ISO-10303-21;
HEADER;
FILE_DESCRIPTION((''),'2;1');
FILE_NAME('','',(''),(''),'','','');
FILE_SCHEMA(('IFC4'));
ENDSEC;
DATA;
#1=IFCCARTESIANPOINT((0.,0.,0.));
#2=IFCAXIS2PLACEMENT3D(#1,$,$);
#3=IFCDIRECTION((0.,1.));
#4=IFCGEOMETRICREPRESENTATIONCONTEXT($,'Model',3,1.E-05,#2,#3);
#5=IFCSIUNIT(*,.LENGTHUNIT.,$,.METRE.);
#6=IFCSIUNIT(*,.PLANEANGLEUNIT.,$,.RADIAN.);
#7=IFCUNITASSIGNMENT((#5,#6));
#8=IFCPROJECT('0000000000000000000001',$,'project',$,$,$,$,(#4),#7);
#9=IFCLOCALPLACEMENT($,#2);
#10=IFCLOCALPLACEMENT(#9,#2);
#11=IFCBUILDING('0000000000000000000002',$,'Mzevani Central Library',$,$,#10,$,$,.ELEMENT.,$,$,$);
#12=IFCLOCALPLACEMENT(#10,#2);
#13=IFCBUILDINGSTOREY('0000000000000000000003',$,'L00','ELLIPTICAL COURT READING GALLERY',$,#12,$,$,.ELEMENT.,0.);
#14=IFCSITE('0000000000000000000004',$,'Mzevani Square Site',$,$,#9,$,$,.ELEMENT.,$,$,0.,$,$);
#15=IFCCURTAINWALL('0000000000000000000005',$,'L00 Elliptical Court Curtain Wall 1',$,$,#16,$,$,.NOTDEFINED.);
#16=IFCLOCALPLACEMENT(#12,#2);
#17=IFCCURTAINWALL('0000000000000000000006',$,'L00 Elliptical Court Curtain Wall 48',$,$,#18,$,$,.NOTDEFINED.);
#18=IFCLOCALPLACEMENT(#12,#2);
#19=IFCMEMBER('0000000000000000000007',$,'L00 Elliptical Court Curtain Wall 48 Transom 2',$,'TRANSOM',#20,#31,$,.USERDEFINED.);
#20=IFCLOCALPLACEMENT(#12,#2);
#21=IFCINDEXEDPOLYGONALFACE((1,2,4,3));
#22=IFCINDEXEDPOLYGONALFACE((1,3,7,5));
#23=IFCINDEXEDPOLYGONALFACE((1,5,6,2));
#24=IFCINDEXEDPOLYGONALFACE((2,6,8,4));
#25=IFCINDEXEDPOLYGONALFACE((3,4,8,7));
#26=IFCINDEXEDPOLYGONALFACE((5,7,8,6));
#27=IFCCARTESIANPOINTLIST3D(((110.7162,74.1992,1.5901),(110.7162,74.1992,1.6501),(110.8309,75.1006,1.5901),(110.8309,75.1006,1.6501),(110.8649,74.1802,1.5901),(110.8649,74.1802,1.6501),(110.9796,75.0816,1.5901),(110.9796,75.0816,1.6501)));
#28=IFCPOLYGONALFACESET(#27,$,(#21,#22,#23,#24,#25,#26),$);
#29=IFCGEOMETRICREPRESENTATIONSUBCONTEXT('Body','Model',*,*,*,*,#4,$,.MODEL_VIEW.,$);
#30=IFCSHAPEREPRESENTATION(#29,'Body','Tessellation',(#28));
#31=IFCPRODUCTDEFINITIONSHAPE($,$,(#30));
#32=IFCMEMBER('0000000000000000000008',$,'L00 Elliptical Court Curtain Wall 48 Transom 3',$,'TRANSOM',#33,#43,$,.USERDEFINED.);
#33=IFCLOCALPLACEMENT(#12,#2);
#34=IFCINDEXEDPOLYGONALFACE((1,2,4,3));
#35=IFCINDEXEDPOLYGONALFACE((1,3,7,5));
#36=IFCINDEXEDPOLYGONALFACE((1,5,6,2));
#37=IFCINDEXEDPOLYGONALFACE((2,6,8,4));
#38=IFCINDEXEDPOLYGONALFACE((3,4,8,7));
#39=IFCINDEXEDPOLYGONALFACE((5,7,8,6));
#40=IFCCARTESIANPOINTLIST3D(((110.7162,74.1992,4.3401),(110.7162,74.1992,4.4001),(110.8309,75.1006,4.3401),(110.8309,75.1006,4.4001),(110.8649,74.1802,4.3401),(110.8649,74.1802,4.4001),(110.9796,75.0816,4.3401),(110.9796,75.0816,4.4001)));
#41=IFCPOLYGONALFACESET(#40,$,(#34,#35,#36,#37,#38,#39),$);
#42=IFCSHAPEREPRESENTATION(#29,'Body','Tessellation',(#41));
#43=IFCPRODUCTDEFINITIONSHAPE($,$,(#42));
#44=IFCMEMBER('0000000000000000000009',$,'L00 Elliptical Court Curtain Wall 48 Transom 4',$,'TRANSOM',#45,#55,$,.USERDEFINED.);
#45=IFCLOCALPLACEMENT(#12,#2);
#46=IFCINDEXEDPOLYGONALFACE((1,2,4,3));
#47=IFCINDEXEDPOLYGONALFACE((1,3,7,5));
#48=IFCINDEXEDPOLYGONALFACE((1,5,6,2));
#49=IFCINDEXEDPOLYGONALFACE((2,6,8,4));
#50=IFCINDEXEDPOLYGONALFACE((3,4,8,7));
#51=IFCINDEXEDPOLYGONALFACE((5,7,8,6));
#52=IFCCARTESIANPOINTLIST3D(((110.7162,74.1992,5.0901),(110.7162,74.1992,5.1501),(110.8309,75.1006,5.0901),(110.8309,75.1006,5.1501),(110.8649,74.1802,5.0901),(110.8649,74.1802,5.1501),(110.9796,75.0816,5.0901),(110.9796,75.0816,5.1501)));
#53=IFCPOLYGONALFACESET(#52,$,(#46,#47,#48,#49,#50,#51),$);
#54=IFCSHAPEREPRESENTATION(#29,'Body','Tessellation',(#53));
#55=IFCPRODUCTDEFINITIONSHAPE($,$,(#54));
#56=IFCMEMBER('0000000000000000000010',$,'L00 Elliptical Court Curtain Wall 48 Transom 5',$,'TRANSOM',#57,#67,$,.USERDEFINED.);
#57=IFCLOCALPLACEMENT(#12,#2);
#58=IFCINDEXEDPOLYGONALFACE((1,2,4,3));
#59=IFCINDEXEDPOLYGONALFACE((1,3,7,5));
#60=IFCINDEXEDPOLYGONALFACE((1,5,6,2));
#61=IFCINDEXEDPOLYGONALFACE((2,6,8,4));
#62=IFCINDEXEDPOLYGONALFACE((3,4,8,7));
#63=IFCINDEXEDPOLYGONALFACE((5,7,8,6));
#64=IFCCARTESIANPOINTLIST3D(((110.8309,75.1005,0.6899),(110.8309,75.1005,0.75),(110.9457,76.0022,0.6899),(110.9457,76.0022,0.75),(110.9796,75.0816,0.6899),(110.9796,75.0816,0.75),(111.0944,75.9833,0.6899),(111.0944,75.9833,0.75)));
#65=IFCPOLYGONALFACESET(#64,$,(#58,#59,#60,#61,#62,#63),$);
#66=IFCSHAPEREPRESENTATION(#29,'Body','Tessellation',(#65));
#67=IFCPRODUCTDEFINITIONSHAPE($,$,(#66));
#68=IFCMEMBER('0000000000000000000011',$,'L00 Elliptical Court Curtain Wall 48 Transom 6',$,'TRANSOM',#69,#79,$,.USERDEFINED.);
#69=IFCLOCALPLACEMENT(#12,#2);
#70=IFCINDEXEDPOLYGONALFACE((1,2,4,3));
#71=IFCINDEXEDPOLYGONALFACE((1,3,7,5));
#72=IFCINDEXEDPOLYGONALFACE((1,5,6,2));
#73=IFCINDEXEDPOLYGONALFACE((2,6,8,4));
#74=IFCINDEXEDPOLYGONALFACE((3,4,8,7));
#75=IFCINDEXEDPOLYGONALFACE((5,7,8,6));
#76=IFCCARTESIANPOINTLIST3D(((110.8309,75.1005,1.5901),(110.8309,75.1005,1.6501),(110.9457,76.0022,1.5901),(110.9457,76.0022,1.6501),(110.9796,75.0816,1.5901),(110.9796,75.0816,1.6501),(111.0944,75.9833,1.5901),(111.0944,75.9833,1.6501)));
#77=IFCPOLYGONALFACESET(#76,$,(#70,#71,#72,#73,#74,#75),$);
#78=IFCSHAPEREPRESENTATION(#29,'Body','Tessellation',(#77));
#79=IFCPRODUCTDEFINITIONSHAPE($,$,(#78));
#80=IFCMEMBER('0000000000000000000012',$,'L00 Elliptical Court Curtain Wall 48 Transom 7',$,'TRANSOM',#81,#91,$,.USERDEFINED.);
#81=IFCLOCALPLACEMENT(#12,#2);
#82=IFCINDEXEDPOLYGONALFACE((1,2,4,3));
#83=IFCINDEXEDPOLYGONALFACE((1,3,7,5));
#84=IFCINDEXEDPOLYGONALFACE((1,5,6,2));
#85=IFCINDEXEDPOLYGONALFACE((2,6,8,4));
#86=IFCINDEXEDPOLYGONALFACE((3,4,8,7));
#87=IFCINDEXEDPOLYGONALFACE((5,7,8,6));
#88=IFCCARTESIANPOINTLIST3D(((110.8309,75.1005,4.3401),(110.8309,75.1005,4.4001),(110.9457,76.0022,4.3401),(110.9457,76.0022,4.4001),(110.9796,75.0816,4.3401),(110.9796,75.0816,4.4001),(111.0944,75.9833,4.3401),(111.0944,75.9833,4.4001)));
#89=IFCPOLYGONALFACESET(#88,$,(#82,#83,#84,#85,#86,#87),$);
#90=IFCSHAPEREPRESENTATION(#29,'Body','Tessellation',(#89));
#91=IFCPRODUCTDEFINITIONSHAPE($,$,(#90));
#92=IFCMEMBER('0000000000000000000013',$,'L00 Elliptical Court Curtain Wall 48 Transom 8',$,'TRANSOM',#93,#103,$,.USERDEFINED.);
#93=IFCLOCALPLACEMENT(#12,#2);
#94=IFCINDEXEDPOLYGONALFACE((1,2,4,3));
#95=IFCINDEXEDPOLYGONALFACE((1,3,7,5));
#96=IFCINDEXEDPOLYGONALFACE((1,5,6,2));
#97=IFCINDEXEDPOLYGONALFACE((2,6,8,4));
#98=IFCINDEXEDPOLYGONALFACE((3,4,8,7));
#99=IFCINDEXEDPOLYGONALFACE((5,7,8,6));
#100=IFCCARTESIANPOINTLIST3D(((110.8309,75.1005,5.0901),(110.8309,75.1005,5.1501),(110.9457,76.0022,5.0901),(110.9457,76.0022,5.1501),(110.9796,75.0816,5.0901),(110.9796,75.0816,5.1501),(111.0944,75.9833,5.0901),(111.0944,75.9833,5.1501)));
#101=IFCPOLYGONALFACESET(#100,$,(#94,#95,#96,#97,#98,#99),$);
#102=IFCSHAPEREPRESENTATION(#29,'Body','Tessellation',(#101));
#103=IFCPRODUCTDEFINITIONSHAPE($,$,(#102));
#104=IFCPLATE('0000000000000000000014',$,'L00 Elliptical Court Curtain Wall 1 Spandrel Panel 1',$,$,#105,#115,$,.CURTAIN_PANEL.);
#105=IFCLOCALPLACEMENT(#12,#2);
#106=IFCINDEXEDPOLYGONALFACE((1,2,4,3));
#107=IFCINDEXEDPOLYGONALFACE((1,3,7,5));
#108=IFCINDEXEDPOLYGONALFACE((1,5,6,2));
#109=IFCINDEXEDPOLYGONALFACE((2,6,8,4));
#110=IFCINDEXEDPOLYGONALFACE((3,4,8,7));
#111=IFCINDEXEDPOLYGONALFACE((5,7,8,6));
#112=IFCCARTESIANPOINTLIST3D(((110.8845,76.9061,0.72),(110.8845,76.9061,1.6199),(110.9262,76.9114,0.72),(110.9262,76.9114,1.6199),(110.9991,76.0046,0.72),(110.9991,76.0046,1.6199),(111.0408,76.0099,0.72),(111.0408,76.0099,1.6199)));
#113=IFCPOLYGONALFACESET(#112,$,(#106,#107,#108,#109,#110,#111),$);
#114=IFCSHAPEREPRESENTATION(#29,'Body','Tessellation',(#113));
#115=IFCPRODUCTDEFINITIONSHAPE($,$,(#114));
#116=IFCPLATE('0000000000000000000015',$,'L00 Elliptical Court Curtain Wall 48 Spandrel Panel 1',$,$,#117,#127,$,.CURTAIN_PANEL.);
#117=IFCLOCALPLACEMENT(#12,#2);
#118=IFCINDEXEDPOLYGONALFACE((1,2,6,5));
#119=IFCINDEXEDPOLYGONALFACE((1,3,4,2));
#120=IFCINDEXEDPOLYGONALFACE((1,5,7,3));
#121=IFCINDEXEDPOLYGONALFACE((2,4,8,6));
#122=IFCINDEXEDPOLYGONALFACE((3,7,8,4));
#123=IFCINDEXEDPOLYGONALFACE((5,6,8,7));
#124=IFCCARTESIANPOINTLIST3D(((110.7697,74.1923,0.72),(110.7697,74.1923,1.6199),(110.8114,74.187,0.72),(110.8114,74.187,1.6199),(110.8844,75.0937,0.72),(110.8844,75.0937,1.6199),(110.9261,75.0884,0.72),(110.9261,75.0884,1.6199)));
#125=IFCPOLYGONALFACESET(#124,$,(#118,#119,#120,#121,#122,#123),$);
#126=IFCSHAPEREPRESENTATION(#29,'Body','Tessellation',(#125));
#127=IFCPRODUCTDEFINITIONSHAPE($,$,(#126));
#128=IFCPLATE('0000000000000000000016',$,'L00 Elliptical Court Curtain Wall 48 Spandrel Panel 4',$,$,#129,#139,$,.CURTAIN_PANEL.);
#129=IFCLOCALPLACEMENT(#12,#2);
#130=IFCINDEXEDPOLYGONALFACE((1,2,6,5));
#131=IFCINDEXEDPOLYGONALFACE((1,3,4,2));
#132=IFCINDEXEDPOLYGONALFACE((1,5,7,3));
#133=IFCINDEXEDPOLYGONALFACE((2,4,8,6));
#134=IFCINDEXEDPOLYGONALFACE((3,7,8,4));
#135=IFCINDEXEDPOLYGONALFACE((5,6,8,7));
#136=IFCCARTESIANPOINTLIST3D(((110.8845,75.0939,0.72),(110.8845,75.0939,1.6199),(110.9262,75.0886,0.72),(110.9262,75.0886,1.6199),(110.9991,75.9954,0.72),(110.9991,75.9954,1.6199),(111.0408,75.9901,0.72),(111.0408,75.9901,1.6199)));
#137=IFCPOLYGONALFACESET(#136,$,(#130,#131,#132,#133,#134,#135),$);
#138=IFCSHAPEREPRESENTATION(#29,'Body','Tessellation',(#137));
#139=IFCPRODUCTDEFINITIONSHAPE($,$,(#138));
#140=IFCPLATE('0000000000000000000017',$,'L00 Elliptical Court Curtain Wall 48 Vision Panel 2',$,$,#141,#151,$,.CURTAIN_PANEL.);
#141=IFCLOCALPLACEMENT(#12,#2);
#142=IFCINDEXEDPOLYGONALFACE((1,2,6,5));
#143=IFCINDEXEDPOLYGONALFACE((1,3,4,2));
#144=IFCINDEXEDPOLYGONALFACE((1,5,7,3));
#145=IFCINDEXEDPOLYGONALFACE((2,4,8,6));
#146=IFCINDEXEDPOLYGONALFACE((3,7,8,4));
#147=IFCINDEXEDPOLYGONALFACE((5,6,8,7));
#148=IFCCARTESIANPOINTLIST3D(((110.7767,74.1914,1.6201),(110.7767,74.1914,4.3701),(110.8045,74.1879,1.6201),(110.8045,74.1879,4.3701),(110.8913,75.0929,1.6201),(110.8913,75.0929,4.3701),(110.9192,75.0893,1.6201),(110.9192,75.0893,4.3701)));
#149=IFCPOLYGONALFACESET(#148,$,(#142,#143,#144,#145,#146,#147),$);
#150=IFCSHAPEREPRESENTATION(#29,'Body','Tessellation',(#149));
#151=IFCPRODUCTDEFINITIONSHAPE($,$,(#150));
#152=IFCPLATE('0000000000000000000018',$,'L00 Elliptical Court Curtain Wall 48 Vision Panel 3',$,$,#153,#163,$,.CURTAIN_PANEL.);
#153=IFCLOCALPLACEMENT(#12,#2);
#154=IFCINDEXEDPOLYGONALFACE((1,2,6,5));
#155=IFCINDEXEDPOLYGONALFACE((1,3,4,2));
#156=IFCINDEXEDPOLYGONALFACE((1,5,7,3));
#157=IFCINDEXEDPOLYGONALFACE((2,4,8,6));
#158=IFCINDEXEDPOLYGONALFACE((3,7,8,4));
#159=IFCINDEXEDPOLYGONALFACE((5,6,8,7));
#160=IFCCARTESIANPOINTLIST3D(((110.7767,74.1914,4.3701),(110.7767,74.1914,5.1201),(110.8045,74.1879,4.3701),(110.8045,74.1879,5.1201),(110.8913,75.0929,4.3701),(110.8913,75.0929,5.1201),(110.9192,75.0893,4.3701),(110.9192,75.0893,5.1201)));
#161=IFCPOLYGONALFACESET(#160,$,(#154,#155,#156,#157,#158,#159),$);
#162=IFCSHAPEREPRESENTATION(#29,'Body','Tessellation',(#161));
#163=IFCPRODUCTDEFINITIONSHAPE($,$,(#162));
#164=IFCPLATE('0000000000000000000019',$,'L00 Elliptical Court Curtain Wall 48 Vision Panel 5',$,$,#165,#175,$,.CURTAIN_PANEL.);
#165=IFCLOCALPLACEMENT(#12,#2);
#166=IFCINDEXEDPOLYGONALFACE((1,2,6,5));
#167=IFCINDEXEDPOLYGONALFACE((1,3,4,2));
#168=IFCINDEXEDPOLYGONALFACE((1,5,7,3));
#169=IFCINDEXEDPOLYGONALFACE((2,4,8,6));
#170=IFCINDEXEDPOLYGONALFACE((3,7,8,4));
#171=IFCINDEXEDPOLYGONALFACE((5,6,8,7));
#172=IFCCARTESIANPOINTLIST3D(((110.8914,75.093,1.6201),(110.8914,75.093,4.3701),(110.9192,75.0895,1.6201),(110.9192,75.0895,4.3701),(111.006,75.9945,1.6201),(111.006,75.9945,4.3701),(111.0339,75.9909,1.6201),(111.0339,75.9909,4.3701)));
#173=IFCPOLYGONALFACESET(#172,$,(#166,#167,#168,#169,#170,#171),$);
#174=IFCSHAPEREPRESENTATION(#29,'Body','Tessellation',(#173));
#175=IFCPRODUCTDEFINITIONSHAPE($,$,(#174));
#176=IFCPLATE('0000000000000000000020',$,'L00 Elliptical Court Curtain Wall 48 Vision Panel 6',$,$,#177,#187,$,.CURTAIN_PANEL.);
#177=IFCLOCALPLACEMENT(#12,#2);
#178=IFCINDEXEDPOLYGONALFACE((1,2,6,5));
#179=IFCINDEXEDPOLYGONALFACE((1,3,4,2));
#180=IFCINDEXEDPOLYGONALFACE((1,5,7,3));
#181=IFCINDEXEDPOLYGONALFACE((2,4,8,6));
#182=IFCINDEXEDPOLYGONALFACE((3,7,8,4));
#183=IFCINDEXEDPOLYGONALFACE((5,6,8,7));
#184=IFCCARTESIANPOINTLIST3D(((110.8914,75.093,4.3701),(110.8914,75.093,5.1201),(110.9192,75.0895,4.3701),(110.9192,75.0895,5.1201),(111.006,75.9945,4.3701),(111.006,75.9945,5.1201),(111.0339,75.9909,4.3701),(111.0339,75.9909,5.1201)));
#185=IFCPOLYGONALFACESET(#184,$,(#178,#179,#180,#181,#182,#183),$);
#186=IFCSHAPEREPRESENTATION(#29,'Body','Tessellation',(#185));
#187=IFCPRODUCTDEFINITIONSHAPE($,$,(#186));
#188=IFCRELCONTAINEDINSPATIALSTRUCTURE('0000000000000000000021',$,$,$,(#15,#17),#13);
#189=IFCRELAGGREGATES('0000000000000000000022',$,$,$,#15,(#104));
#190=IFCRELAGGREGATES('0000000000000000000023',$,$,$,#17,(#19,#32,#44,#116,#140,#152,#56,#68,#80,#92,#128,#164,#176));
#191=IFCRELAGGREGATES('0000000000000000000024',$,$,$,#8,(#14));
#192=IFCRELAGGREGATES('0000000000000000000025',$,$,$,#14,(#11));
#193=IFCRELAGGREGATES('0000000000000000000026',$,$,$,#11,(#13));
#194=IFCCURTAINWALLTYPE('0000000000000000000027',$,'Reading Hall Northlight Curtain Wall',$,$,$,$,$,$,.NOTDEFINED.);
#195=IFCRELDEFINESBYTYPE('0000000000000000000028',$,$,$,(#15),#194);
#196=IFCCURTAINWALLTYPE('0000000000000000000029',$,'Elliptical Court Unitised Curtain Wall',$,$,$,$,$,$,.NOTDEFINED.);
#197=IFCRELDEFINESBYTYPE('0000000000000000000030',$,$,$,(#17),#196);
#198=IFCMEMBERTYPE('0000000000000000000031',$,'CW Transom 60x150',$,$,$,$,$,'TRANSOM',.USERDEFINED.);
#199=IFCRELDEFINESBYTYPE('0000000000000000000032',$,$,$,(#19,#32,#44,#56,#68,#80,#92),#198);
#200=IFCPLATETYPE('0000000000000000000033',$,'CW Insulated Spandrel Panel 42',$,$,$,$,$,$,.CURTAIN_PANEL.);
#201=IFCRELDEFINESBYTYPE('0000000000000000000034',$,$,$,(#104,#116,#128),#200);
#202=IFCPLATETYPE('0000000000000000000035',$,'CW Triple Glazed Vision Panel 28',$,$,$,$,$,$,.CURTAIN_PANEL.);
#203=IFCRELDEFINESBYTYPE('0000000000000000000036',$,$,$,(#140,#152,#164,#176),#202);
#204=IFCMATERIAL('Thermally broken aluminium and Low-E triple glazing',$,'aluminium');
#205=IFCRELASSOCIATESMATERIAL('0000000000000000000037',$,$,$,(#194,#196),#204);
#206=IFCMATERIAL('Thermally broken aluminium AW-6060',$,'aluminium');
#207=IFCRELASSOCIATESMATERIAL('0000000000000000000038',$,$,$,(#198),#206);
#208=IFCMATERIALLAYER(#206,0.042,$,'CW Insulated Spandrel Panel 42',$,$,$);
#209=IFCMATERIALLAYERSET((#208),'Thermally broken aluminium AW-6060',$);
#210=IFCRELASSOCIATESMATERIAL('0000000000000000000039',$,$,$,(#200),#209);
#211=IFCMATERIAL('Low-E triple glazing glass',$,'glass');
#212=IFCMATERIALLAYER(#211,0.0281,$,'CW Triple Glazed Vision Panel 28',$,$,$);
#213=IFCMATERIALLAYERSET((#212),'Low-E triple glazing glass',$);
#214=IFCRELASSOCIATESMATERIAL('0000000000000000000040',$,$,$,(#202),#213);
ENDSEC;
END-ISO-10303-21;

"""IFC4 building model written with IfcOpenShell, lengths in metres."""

from ifc_helpers import new_model, si_unit, direction, frame, origin, origin_2d, place, context, subcontext, project, spatial, rectangle, extrude, material, layer, layer_set, material_profile, profile_set, type_object, element, aggregate, save


model = new_model("IFC4")

# Units and contexts
model_context = context("Model", 3, precision=1e-05, world=origin(), true_north=direction((0.0, 1.0)))
body_context = subcontext(model_context, "Body", "Model", "MODEL_VIEW")
ifc_project = project(units=[si_unit("LENGTHUNIT", "METRE"), si_unit("PLANEANGLEUNIT", "RADIAN")], contexts=[model_context])

# Site, building, storey
site_placement = place(None, origin())
site = spatial("IfcSite", under=ifc_project, at=site_placement, Name="Mzevani Square Site", CompositionType="ELEMENT", RefElevation=0.0)
building_placement = place(site_placement, origin())
building = spatial("IfcBuilding", under=site, at=building_placement, Name="Mzevani Central Library", CompositionType="ELEMENT")
storey_placement = place(building_placement, origin())
storey = spatial("IfcBuildingStorey", under=building, at=storey_placement, Name="L00", Description="ELLIPTICAL COURT READING GALLERY", CompositionType="ELEMENT", Elevation=0.0)

# Curtain wall
ifc_material_1 = material(Name="Thermally broken aluminium and Low-E triple glazing", Category="aluminium")
curtain_wall_type_1 = type_object("IfcCurtainWallType", Name="Reading Hall Northlight Curtain Wall", PredefinedType="NOTDEFINED", material=ifc_material_1)
curtain_wall_1_placement = place(storey_placement, origin())
curtain_wall_1 = element("IfcCurtainWall", 1, at=curtain_wall_1_placement, inside=storey, type_object=curtain_wall_type_1, Name="L00 Elliptical Court Curtain Wall 1", PredefinedType="NOTDEFINED")
ifc_material_2 = material(Name="Thermally broken aluminium AW-6060", Category="aluminium")

# Curtain wall
curtain_wall_type_2 = type_object("IfcCurtainWallType", Name="Elliptical Court Unitised Curtain Wall", PredefinedType="NOTDEFINED", material=ifc_material_1)
curtain_wall_2_placement = place(storey_placement, origin())
curtain_wall_2 = element("IfcCurtainWall", 2, at=curtain_wall_2_placement, inside=storey, type_object=curtain_wall_type_2, Name="L00 Elliptical Court Curtain Wall 48", PredefinedType="NOTDEFINED")

# Members
ifc_material_profile_1 = material_profile(ifc_material_2, rectangle(XDim=0.1499, YDim=0.0601, at=origin_2d()), Name="ALU T60x150")
ifc_profile_set_1 = profile_set([ifc_material_profile_1], Name="Thermally broken aluminium AW-6060")
member_type_1 = type_object("IfcMemberType", Name="CW Transom 60x150", ElementType="TRANSOM", PredefinedType="USERDEFINED", material=ifc_profile_set_1)
member_1_placement = place(storey_placement, frame((110.7905, 74.1897, 1.6201), z_axis=(0.126283, 0.991994, 0.0), x_axis=(-0.991994, 0.126283, 0.0)))
member_1 = element("IfcMember", 3, at=member_1_placement, type_object=member_type_1, Name="L00 Elliptical Court Curtain Wall 48 Transom 2", ObjectType="TRANSOM", PredefinedType="USERDEFINED", context=body_context, shape_type="SweptSolid", body=[
    extrude(rectangle(XDim=0.1499, YDim=0.0601, at=origin_2d()), origin(), (0.0, 0.0, 1.0), 0.9087),
])
member_2_placement = place(storey_placement, frame((110.7905, 74.1897, 4.3701), z_axis=(0.126283, 0.991994, 0.0), x_axis=(-0.991994, 0.126283, 0.0)))
member_2 = element("IfcMember", 4, at=member_2_placement, type_object=member_type_1, Name="L00 Elliptical Court Curtain Wall 48 Transom 3", ObjectType="TRANSOM", PredefinedType="USERDEFINED", context=body_context, shape_type="SweptSolid", body=[
    extrude(rectangle(XDim=0.1499, YDim=0.0601, at=origin_2d()), origin(), (0.0, 0.0, 1.0), 0.9087),
])
member_3_placement = place(storey_placement, frame((110.7905, 74.1897, 5.1201), z_axis=(0.126283, 0.991994, 0.0), x_axis=(-0.991994, 0.126283, 0.0)))
member_3 = element("IfcMember", 5, at=member_3_placement, type_object=member_type_1, Name="L00 Elliptical Court Curtain Wall 48 Transom 4", ObjectType="TRANSOM", PredefinedType="USERDEFINED", context=body_context, shape_type="SweptSolid", body=[
    extrude(rectangle(XDim=0.1499, YDim=0.0601, at=origin_2d()), origin(), (0.0, 0.0, 1.0), 0.9087),
])
member_4_placement = place(storey_placement, frame((110.9053, 75.0911, 0.72), z_axis=(0.126249, 0.991999, 0.0), x_axis=(-0.991999, 0.126249, 0.0)))
member_4 = element("IfcMember", 6, at=member_4_placement, type_object=member_type_1, Name="L00 Elliptical Court Curtain Wall 48 Transom 5", ObjectType="TRANSOM", PredefinedType="USERDEFINED", context=body_context, shape_type="SweptSolid", body=[
    extrude(rectangle(XDim=0.1499, YDim=0.0601, at=origin_2d()), origin(), (0.0, 0.0, 1.0), 0.9089),
])
member_5_placement = place(storey_placement, frame((110.9053, 75.0911, 1.6201), z_axis=(0.126249, 0.991999, 0.0), x_axis=(-0.991999, 0.126249, 0.0)))
member_5 = element("IfcMember", 7, at=member_5_placement, type_object=member_type_1, Name="L00 Elliptical Court Curtain Wall 48 Transom 6", ObjectType="TRANSOM", PredefinedType="USERDEFINED", context=body_context, shape_type="SweptSolid", body=[
    extrude(rectangle(XDim=0.1499, YDim=0.0601, at=origin_2d()), origin(), (0.0, 0.0, 1.0), 0.9089),
])
member_6_placement = place(storey_placement, frame((110.9053, 75.0911, 4.3701), z_axis=(0.126249, 0.991999, 0.0), x_axis=(-0.991999, 0.126249, 0.0)))
member_6 = element("IfcMember", 8, at=member_6_placement, type_object=member_type_1, Name="L00 Elliptical Court Curtain Wall 48 Transom 7", ObjectType="TRANSOM", PredefinedType="USERDEFINED", context=body_context, shape_type="SweptSolid", body=[
    extrude(rectangle(XDim=0.1499, YDim=0.0601, at=origin_2d()), origin(), (0.0, 0.0, 1.0), 0.9089),
])
member_7_placement = place(storey_placement, frame((110.9053, 75.0911, 5.1201), z_axis=(0.126249, 0.991999, 0.0), x_axis=(-0.991999, 0.126249, 0.0)))
member_7 = element("IfcMember", 9, at=member_7_placement, type_object=member_type_1, Name="L00 Elliptical Court Curtain Wall 48 Transom 8", ObjectType="TRANSOM", PredefinedType="USERDEFINED", context=body_context, shape_type="SweptSolid", body=[
    extrude(rectangle(XDim=0.1499, YDim=0.0601, at=origin_2d()), origin(), (0.0, 0.0, 1.0), 0.9089),
])

# Plates
ifc_layer_1 = layer(ifc_material_2, 0.042, Name="CW Insulated Spandrel Panel 42")
ifc_layer_set_1 = layer_set([ifc_layer_1], Name="Thermally broken aluminium AW-6060")
plate_type_1 = type_object("IfcPlateType", Name="CW Insulated Spandrel Panel 42", PredefinedType="CURTAIN_PANEL", material=ifc_layer_set_1)
plate_1_placement = place(storey_placement, frame((110.9626, 76.458, 0.72), z_axis=(0.0, 0.0, 1.0), x_axis=(-0.126168, 0.992009, 0.0)))
plate_1 = element("IfcPlate", 10, at=plate_1_placement, type_object=plate_type_1, Name="L00 Elliptical Court Curtain Wall 1 Spandrel Panel 1", PredefinedType="CURTAIN_PANEL", context=body_context, shape_type="SweptSolid", body=[
    extrude(rectangle(XDim=0.9087, YDim=0.042, at=origin_2d()), origin(), (0.0, 0.0, 1.0), 0.8999),
])
aggregate(curtain_wall_1, [plate_1])
plate_2_placement = place(storey_placement, frame((110.8479, 74.6404, 0.72), z_axis=(0.0, 0.0, 1.0), x_axis=(0.126168, 0.992009, 0.0)))
plate_2 = element("IfcPlate", 11, at=plate_2_placement, type_object=plate_type_1, Name="L00 Elliptical Court Curtain Wall 48 Spandrel Panel 1", PredefinedType="CURTAIN_PANEL", context=body_context, shape_type="SweptSolid", body=[
    extrude(rectangle(XDim=0.9087, YDim=0.042, at=origin_2d()), origin(), (0.0, 0.0, 1.0), 0.8999),
])
plate_3_placement = place(storey_placement, frame((110.9626, 75.542, 0.72), z_axis=(0.0, 0.0, 1.0), x_axis=(0.126168, 0.992009, 0.0)))
plate_3 = element("IfcPlate", 12, at=plate_3_placement, type_object=plate_type_1, Name="L00 Elliptical Court Curtain Wall 48 Spandrel Panel 4", PredefinedType="CURTAIN_PANEL", context=body_context, shape_type="SweptSolid", body=[
    extrude(rectangle(XDim=0.9087, YDim=0.042, at=origin_2d()), origin(), (0.0, 0.0, 1.0), 0.8999),
])
ifc_material_3 = material(Name="Low-E triple glazing glass", Category="glass")
ifc_layer_2 = layer(ifc_material_3, 0.0281, Name="CW Triple Glazed Vision Panel 28")
ifc_layer_set_2 = layer_set([ifc_layer_2], Name="Low-E triple glazing glass")
plate_type_2 = type_object("IfcPlateType", Name="CW Triple Glazed Vision Panel 28", PredefinedType="CURTAIN_PANEL", material=ifc_layer_set_2)
plate_4_placement = place(storey_placement, frame((110.8479, 74.6404, 1.6201), z_axis=(0.0, 0.0, 1.0), x_axis=(0.126168, 0.992009, 0.0)))
plate_4 = element("IfcPlate", 13, at=plate_4_placement, type_object=plate_type_2, Name="L00 Elliptical Court Curtain Wall 48 Vision Panel 2", PredefinedType="CURTAIN_PANEL", context=body_context, shape_type="SweptSolid", body=[
    extrude(rectangle(XDim=0.9087, YDim=0.0281, at=origin_2d()), origin(), (0.0, 0.0, 1.0), 2.75),
])
plate_5_placement = place(storey_placement, frame((110.8479, 74.6404, 4.3701), z_axis=(0.0, 0.0, 1.0), x_axis=(0.126168, 0.992009, 0.0)))
plate_5 = element("IfcPlate", 14, at=plate_5_placement, type_object=plate_type_2, Name="L00 Elliptical Court Curtain Wall 48 Vision Panel 3", PredefinedType="CURTAIN_PANEL", context=body_context, shape_type="SweptSolid", body=[
    extrude(rectangle(XDim=0.9087, YDim=0.0281, at=origin_2d()), origin(), (0.0, 0.0, 1.0), 0.75),
])
plate_6_placement = place(storey_placement, frame((110.9626, 75.542, 1.6201), z_axis=(0.0, 0.0, 1.0), x_axis=(0.126168, 0.992009, 0.0)))
plate_6 = element("IfcPlate", 15, at=plate_6_placement, type_object=plate_type_2, Name="L00 Elliptical Court Curtain Wall 48 Vision Panel 5", PredefinedType="CURTAIN_PANEL", context=body_context, shape_type="SweptSolid", body=[
    extrude(rectangle(XDim=0.9087, YDim=0.0281, at=origin_2d()), origin(), (0.0, 0.0, 1.0), 2.75),
])
plate_7_placement = place(storey_placement, frame((110.9626, 75.542, 4.3701), z_axis=(0.0, 0.0, 1.0), x_axis=(0.126168, 0.992009, 0.0)))
plate_7 = element("IfcPlate", 16, at=plate_7_placement, type_object=plate_type_2, Name="L00 Elliptical Court Curtain Wall 48 Vision Panel 6", PredefinedType="CURTAIN_PANEL", context=body_context, shape_type="SweptSolid", body=[
    extrude(rectangle(XDim=0.9087, YDim=0.0281, at=origin_2d()), origin(), (0.0, 0.0, 1.0), 0.75),
])
aggregate(curtain_wall_2, [member_1, member_2, member_3, plate_2, plate_4, plate_5, member_4, member_5, member_6, member_7, plate_3, plate_6, plate_7])

save(model, "model.ifc")
